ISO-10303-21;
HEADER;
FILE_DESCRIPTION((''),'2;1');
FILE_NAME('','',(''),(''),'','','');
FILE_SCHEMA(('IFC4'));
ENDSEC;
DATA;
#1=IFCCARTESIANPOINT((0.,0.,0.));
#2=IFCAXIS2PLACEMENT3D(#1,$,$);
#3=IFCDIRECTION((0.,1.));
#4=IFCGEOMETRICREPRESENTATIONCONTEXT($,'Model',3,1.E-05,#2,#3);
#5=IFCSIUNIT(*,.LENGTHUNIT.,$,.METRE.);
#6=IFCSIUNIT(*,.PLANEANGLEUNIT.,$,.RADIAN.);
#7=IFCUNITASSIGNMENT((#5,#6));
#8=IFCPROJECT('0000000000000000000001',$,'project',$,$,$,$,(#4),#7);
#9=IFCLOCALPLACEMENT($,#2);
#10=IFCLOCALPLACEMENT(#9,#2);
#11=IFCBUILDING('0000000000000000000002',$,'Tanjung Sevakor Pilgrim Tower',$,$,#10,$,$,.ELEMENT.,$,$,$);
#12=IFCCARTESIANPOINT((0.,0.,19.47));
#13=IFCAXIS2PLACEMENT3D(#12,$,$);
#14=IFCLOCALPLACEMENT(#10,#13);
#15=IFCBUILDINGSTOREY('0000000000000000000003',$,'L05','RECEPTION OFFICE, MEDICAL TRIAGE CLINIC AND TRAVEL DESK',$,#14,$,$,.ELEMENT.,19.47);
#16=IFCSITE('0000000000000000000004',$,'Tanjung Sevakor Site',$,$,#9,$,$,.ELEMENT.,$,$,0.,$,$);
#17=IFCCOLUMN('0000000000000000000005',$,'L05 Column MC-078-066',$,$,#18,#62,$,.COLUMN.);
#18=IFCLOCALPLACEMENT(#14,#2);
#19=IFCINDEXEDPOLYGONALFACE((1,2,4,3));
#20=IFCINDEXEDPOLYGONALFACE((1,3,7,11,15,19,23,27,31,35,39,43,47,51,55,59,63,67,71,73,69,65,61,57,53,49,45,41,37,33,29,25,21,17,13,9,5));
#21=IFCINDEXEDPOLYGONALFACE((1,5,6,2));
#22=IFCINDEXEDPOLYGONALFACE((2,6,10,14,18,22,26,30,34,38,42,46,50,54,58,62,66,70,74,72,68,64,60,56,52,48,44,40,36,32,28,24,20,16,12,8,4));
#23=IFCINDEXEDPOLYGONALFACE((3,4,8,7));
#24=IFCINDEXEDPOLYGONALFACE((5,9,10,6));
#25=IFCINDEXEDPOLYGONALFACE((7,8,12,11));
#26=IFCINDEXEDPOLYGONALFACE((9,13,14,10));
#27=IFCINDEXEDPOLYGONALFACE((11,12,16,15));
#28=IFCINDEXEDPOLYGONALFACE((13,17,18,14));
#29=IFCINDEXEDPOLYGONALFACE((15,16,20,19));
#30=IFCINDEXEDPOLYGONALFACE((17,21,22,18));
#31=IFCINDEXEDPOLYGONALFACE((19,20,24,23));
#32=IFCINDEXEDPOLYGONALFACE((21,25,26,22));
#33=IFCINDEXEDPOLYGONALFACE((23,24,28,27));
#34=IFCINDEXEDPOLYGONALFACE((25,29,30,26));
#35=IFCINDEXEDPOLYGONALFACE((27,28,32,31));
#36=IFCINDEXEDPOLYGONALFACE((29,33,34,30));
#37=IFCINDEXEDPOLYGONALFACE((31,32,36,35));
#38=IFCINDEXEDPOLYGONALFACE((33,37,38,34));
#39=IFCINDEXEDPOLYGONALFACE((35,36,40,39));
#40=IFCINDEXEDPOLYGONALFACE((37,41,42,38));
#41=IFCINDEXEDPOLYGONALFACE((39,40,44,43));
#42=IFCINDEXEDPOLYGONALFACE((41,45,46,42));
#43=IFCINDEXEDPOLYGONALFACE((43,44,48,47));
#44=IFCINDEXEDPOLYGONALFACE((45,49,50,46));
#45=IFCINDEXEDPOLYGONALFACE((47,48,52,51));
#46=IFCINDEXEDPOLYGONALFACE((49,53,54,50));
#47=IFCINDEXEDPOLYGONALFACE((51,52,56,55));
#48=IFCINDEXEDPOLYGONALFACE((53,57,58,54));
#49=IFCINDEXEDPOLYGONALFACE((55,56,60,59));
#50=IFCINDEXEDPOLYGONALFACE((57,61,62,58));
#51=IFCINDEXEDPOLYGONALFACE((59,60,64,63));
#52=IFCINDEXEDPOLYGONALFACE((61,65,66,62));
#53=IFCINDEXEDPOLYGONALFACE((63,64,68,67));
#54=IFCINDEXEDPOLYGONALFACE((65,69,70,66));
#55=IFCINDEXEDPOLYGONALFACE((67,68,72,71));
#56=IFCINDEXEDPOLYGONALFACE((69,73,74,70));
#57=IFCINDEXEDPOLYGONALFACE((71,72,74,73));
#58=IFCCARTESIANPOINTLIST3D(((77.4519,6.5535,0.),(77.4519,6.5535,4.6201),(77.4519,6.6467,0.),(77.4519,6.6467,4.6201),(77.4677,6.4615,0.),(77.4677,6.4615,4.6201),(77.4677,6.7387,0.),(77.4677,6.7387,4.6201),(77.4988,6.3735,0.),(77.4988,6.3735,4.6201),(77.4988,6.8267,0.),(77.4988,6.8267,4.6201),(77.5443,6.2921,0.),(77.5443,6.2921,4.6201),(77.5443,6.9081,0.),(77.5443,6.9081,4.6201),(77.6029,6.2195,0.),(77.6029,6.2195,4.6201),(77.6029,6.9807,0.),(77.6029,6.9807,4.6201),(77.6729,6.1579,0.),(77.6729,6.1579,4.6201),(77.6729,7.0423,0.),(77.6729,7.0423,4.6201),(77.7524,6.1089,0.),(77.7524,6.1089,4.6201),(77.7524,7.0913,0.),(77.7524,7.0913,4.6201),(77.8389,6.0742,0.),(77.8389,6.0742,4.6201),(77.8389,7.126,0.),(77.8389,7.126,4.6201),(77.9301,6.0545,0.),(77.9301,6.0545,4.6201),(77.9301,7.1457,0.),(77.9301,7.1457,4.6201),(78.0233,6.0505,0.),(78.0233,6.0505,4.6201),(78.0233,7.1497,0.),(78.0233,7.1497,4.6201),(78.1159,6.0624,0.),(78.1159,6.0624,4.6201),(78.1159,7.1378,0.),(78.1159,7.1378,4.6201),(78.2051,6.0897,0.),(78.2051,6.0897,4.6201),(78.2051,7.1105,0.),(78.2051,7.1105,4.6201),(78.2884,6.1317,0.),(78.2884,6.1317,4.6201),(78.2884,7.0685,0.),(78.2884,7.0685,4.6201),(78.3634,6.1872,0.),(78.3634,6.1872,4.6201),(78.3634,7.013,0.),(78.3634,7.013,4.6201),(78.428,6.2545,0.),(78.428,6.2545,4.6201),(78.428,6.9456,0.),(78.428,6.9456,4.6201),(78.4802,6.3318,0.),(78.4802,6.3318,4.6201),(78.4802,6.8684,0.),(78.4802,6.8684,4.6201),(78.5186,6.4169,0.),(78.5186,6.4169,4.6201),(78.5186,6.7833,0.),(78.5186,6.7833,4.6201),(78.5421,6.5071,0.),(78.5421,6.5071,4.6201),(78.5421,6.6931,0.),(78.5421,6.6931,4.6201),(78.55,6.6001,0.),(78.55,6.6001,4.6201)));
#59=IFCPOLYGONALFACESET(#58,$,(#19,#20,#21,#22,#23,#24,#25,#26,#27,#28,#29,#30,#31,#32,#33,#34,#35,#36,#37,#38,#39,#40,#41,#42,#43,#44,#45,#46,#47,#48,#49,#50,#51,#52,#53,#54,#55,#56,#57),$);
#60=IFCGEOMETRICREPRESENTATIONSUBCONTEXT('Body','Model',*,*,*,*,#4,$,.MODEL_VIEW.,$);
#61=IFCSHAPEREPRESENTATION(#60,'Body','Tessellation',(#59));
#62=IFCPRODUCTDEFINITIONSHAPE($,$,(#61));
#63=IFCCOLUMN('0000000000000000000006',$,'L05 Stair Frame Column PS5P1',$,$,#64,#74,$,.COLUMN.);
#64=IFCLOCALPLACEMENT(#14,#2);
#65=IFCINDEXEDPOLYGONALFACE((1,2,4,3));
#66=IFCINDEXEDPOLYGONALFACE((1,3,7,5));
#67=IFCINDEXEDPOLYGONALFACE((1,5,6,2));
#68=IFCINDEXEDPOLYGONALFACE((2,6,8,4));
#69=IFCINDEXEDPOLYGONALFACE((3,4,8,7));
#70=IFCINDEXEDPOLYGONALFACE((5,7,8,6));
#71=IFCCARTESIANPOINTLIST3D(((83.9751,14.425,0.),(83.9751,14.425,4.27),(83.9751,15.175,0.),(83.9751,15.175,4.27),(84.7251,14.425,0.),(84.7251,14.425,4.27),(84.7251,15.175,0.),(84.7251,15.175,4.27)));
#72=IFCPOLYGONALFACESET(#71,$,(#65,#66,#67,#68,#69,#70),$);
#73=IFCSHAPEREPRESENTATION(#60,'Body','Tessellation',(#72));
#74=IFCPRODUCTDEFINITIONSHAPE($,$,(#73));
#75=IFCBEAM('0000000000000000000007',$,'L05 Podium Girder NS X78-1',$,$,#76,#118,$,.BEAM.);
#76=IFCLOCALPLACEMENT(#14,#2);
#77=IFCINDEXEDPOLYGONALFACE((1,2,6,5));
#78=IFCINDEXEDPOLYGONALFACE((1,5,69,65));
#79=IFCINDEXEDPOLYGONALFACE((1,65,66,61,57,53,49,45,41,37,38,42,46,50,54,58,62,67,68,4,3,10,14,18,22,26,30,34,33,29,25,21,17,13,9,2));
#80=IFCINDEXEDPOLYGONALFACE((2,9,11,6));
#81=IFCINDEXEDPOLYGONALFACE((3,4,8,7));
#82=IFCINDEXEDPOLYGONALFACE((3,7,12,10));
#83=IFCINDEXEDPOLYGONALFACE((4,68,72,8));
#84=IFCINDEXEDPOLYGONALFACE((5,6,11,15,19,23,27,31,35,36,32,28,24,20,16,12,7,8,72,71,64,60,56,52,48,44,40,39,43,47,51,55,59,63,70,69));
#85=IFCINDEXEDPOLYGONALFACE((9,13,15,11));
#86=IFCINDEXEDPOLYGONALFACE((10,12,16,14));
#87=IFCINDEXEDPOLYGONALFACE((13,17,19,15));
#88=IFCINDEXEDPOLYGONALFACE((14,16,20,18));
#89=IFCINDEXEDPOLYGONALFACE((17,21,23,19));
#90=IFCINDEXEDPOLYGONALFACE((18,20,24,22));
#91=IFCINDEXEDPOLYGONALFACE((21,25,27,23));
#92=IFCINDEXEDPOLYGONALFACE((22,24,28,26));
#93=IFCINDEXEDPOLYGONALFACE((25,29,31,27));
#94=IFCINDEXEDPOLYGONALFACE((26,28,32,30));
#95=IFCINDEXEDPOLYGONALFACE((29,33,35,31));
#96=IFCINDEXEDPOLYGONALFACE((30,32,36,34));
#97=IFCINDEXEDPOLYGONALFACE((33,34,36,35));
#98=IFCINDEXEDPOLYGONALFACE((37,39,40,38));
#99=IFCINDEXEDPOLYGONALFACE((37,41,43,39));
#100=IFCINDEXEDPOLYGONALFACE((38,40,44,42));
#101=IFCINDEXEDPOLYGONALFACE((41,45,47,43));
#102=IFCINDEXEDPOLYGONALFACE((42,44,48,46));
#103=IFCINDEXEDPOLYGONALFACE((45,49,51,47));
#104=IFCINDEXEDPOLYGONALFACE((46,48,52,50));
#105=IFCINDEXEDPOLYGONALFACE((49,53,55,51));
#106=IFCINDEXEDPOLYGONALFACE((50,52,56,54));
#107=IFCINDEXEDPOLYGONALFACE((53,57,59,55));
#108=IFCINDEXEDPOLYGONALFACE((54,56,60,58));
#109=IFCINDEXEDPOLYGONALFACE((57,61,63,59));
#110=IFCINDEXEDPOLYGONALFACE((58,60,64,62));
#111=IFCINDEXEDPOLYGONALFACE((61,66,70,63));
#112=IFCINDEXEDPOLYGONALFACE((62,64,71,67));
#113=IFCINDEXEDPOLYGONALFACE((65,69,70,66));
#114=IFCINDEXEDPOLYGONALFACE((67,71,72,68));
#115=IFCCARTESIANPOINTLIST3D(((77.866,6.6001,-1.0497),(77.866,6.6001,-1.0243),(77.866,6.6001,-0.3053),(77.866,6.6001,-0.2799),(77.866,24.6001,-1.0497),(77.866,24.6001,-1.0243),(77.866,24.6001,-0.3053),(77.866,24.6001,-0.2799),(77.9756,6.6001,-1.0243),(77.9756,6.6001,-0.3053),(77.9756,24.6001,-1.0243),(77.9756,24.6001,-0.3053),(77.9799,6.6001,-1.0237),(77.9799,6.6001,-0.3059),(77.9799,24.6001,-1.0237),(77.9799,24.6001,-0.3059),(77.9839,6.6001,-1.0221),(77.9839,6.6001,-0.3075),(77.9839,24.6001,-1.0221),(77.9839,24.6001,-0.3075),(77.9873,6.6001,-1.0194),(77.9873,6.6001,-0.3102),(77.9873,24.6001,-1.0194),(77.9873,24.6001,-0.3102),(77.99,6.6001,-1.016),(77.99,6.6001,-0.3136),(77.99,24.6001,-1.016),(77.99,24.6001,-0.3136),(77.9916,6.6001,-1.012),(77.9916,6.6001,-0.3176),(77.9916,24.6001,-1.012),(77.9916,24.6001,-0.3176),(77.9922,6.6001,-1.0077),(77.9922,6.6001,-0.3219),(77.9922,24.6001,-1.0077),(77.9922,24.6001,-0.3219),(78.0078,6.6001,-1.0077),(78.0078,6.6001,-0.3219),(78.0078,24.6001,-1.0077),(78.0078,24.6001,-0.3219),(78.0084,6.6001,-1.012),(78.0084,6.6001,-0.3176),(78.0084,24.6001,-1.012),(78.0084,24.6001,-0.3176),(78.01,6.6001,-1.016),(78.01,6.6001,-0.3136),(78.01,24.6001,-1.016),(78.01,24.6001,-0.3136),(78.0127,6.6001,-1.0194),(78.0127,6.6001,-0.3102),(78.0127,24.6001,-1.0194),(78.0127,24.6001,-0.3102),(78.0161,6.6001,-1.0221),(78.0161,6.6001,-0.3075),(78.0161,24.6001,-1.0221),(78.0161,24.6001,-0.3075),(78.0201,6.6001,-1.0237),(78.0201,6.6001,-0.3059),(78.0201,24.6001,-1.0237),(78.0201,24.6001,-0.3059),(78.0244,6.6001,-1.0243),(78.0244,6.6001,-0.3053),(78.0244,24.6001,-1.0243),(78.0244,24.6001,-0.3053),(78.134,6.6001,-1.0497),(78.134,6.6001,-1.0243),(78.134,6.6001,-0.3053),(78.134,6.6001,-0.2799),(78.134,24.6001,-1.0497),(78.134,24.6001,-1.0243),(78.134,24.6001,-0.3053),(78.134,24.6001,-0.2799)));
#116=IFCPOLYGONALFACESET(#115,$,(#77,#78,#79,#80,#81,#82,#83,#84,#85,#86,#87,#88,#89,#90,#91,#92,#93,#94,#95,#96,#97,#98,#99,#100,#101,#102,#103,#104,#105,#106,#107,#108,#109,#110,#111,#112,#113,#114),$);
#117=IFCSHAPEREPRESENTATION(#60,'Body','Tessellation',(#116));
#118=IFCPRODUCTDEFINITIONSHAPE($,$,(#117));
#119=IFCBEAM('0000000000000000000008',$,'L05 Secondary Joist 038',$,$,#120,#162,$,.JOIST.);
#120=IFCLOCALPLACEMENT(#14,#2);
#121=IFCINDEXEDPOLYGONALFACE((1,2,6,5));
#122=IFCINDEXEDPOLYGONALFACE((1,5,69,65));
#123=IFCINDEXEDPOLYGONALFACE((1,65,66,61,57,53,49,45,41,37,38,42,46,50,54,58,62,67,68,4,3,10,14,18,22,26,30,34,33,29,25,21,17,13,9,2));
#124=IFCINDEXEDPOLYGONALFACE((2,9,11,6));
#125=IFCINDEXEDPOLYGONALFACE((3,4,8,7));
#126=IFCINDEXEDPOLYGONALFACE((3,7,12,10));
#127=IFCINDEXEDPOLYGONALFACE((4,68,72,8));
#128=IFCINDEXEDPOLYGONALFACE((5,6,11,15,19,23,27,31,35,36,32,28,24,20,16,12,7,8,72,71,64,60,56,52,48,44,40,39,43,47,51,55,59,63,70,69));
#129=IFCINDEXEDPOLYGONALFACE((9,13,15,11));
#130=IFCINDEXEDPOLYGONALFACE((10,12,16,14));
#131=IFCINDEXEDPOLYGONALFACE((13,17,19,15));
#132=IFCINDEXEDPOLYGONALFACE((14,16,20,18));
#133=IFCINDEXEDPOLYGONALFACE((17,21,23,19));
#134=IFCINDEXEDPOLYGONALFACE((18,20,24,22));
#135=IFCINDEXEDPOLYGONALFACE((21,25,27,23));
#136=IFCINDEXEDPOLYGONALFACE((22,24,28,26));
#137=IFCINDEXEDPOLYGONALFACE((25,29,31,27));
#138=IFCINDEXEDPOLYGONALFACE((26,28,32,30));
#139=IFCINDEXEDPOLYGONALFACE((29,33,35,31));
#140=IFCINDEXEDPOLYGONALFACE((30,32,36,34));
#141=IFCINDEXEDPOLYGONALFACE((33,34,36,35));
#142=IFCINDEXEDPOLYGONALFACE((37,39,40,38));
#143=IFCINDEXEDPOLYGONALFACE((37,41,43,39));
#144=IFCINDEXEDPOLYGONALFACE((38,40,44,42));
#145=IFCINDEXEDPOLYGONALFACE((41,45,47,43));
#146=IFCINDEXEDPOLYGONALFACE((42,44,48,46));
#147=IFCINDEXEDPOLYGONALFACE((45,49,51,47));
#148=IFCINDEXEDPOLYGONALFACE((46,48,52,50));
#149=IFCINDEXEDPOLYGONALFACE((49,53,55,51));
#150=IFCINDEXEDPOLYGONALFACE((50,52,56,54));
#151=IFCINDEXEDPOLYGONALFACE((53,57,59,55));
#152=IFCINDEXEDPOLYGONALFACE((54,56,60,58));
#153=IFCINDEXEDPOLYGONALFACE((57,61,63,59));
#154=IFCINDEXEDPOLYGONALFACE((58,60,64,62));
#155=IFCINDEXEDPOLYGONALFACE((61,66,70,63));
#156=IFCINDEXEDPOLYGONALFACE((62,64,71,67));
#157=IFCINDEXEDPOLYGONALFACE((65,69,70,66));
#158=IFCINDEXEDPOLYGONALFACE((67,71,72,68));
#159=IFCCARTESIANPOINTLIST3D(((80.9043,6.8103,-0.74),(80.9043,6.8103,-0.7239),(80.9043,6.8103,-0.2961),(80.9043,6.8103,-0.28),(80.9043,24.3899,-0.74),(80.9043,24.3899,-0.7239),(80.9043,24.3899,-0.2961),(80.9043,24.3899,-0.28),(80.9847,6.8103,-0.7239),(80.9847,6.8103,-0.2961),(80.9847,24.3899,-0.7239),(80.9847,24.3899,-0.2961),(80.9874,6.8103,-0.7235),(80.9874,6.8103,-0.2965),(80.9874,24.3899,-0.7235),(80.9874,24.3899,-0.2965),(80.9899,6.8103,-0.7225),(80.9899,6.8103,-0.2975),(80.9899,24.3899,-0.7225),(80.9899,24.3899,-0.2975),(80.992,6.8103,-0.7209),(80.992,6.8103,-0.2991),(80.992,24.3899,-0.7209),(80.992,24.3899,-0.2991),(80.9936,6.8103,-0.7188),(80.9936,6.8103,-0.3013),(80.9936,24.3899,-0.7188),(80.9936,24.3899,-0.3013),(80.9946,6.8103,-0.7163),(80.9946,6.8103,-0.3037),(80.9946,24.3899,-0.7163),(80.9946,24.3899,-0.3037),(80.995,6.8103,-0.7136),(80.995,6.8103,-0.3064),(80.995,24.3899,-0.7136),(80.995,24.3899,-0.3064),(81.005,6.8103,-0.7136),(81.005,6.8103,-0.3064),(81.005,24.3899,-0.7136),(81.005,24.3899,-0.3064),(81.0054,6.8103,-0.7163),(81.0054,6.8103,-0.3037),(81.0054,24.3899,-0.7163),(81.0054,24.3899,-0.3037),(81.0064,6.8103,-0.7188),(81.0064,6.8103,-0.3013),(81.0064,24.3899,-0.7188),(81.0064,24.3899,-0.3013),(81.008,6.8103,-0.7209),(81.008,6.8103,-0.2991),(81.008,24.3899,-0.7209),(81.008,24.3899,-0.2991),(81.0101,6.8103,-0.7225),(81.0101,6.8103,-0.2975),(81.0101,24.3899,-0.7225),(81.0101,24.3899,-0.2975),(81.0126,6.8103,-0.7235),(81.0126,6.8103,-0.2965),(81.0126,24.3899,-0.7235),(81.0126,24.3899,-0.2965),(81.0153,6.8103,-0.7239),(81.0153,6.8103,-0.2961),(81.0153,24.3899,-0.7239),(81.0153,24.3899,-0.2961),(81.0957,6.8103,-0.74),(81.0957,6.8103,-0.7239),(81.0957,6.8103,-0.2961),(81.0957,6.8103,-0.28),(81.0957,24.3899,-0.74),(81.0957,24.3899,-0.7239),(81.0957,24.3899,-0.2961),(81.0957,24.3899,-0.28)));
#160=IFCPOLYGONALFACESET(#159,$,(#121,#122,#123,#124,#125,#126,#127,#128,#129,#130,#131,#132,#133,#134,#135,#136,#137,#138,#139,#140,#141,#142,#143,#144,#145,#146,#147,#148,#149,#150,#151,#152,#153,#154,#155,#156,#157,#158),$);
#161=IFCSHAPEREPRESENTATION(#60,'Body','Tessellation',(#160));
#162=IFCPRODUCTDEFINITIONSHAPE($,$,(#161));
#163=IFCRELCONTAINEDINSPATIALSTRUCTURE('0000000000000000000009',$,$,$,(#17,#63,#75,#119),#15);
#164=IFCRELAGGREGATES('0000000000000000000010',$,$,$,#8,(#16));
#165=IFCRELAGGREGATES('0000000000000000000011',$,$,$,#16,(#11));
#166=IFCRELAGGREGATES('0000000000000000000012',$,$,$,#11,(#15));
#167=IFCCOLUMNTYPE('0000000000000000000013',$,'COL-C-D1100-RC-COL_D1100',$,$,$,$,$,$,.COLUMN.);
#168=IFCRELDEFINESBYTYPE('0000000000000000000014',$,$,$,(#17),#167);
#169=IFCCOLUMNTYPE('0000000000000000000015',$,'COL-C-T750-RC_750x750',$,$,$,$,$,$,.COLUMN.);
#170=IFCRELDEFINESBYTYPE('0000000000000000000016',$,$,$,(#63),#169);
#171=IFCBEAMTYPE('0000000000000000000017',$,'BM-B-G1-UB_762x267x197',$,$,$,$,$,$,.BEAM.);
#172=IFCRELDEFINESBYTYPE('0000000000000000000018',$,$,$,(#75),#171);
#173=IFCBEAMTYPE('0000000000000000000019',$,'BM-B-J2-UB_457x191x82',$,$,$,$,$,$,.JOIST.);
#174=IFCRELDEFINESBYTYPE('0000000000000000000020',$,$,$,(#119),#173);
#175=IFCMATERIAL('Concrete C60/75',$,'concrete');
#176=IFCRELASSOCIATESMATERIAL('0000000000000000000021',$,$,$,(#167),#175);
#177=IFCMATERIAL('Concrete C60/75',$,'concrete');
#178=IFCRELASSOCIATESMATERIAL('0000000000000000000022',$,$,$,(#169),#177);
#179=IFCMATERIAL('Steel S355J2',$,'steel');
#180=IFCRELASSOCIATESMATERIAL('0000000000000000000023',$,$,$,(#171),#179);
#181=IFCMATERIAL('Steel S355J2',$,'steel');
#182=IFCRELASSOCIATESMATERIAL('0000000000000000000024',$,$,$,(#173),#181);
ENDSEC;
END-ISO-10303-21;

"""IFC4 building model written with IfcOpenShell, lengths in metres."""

from ifc_helpers import new_model, si_unit, direction, frame, origin, origin_2d, place, context, subcontext, project, spatial, rectangle, circle, i_section, extrude, material, material_profile, profile_set, type_object, element, save


model = new_model("IFC4")

# Units and contexts
model_context = context("Model", 3, precision=1e-05, world=origin(), true_north=direction((0.0, 1.0)))
body_context = subcontext(model_context, "Body", "Model", "MODEL_VIEW")
ifc_project = project(units=[si_unit("LENGTHUNIT", "METRE"), si_unit("PLANEANGLEUNIT", "RADIAN")], contexts=[model_context])

# Site, building, storey
site_placement = place(None, origin())
site = spatial("IfcSite", under=ifc_project, at=site_placement, Name="Tanjung Sevakor Site", CompositionType="ELEMENT", RefElevation=0.0)
building_placement = place(site_placement, origin())
building = spatial("IfcBuilding", under=site, at=building_placement, Name="Tanjung Sevakor Pilgrim Tower", CompositionType="ELEMENT")
storey_placement = place(building_placement, frame((0.0, 0.0, 19.47)))
storey = spatial("IfcBuildingStorey", under=building, at=storey_placement, Name="L05", Description="RECEPTION OFFICE, MEDICAL TRIAGE CLINIC AND TRAVEL DESK", CompositionType="ELEMENT", Elevation=19.47)

# Columns
ifc_material_1 = material(Name="Concrete C60/75", Category="concrete")
ifc_material_profile_1 = material_profile(ifc_material_1, circle(Radius=0.55, at=origin_2d()))
ifc_profile_set_1 = profile_set([ifc_material_profile_1], Name="Concrete C60/75")
column_type_1 = type_object("IfcColumnType", Name="COL-C-D1100-RC-COL_D1100", PredefinedType="COLUMN", material=ifc_profile_set_1)
column_1_placement = place(storey_placement, frame((78.0, 6.6001, 0.0), z_axis=(0.0, 0.0, 1.0), x_axis=(1.0, 0.0, 0.0)))
element("IfcColumn", 1, at=column_1_placement, inside=storey, type_object=column_type_1, Name="L05 Column MC-078-066", PredefinedType="COLUMN", context=body_context, shape_type="SweptSolid", body=[
    extrude(circle(Radius=0.55, at=origin_2d()), origin(), (0.0, 0.0, 1.0), 4.6201),
])
ifc_material_2 = material(Name="Concrete C60/75", Category="concrete")
ifc_material_profile_2 = material_profile(ifc_material_2, rectangle(XDim=0.75, YDim=0.75, at=origin_2d()))
ifc_profile_set_2 = profile_set([ifc_material_profile_2], Name="Concrete C60/75")
column_type_2 = type_object("IfcColumnType", Name="COL-C-T750-RC_750x750", PredefinedType="COLUMN", material=ifc_profile_set_2)
column_2_placement = place(storey_placement, frame((84.3501, 14.8, 0.0), z_axis=(0.0, 0.0, 1.0), x_axis=(1.0, 0.0, 0.0)))
element("IfcColumn", 2, at=column_2_placement, inside=storey, type_object=column_type_2, Name="L05 Stair Frame Column PS5P1", PredefinedType="COLUMN", context=body_context, shape_type="SweptSolid", body=[
    extrude(rectangle(XDim=0.75, YDim=0.75, at=origin_2d()), origin(), (0.0, 0.0, 1.0), 4.27),
])

# Beams
ifc_material_3 = material(Name="Steel S355J2", Category="steel")
ifc_material_profile_3 = material_profile(ifc_material_3, i_section(OverallWidth=0.2681, OverallDepth=0.7698, WebThickness=0.0156, FlangeThickness=0.0254, FilletRadius=0.0166, at=origin_2d()))
ifc_profile_set_3 = profile_set([ifc_material_profile_3], Name="Steel S355J2")
beam_type_1 = type_object("IfcBeamType", Name="BM-B-G1-UB_762x267x197", PredefinedType="BEAM", material=ifc_profile_set_3)
beam_1_placement = place(storey_placement, frame((78.0, 6.6001, -0.6648), z_axis=(0.0, 1.0, 0.0), x_axis=(-1.0, 0.0, 0.0)))
element("IfcBeam", 3, at=beam_1_placement, inside=storey, type_object=beam_type_1, Name="L05 Podium Girder NS X78-1", PredefinedType="BEAM", context=body_context, shape_type="SweptSolid", body=[
    extrude(i_section(OverallWidth=0.2681, OverallDepth=0.7698, WebThickness=0.0156, FlangeThickness=0.0254, FilletRadius=0.0166, at=origin_2d()), origin(), (0.0, 0.0, 1.0), 18.0),
])
ifc_material_4 = material(Name="Steel S355J2", Category="steel")
ifc_material_profile_4 = material_profile(ifc_material_4, i_section(OverallWidth=0.1914, OverallDepth=0.46, WebThickness=0.01, FlangeThickness=0.0161, FilletRadius=0.0103, at=origin_2d()))
ifc_profile_set_4 = profile_set([ifc_material_profile_4], Name="Steel S355J2")
beam_type_2 = type_object("IfcBeamType", Name="BM-B-J2-UB_457x191x82", PredefinedType="JOIST", material=ifc_profile_set_4)
for number, where, z_axis, x_axis, name in (
    (4, (81.0, 6.8103, -0.51), (0.0, 1.0, 0.0), (-1.0, 0.0, 0.0), "L05 Secondary Joist 038"),
):
    element("IfcBeam", number, at=place(storey_placement, frame(where, z_axis=z_axis, x_axis=x_axis)), inside=storey, type_object=beam_type_2, Name=name, PredefinedType="JOIST", context=body_context, shape_type="SweptSolid", body=[
        extrude(i_section(OverallWidth=0.1914, OverallDepth=0.46, WebThickness=0.01, FlangeThickness=0.0161, FilletRadius=0.0103, at=origin_2d()), origin(), (0.0, 0.0, 1.0), 17.5796),
    ])

save(model, "model.ifc")
